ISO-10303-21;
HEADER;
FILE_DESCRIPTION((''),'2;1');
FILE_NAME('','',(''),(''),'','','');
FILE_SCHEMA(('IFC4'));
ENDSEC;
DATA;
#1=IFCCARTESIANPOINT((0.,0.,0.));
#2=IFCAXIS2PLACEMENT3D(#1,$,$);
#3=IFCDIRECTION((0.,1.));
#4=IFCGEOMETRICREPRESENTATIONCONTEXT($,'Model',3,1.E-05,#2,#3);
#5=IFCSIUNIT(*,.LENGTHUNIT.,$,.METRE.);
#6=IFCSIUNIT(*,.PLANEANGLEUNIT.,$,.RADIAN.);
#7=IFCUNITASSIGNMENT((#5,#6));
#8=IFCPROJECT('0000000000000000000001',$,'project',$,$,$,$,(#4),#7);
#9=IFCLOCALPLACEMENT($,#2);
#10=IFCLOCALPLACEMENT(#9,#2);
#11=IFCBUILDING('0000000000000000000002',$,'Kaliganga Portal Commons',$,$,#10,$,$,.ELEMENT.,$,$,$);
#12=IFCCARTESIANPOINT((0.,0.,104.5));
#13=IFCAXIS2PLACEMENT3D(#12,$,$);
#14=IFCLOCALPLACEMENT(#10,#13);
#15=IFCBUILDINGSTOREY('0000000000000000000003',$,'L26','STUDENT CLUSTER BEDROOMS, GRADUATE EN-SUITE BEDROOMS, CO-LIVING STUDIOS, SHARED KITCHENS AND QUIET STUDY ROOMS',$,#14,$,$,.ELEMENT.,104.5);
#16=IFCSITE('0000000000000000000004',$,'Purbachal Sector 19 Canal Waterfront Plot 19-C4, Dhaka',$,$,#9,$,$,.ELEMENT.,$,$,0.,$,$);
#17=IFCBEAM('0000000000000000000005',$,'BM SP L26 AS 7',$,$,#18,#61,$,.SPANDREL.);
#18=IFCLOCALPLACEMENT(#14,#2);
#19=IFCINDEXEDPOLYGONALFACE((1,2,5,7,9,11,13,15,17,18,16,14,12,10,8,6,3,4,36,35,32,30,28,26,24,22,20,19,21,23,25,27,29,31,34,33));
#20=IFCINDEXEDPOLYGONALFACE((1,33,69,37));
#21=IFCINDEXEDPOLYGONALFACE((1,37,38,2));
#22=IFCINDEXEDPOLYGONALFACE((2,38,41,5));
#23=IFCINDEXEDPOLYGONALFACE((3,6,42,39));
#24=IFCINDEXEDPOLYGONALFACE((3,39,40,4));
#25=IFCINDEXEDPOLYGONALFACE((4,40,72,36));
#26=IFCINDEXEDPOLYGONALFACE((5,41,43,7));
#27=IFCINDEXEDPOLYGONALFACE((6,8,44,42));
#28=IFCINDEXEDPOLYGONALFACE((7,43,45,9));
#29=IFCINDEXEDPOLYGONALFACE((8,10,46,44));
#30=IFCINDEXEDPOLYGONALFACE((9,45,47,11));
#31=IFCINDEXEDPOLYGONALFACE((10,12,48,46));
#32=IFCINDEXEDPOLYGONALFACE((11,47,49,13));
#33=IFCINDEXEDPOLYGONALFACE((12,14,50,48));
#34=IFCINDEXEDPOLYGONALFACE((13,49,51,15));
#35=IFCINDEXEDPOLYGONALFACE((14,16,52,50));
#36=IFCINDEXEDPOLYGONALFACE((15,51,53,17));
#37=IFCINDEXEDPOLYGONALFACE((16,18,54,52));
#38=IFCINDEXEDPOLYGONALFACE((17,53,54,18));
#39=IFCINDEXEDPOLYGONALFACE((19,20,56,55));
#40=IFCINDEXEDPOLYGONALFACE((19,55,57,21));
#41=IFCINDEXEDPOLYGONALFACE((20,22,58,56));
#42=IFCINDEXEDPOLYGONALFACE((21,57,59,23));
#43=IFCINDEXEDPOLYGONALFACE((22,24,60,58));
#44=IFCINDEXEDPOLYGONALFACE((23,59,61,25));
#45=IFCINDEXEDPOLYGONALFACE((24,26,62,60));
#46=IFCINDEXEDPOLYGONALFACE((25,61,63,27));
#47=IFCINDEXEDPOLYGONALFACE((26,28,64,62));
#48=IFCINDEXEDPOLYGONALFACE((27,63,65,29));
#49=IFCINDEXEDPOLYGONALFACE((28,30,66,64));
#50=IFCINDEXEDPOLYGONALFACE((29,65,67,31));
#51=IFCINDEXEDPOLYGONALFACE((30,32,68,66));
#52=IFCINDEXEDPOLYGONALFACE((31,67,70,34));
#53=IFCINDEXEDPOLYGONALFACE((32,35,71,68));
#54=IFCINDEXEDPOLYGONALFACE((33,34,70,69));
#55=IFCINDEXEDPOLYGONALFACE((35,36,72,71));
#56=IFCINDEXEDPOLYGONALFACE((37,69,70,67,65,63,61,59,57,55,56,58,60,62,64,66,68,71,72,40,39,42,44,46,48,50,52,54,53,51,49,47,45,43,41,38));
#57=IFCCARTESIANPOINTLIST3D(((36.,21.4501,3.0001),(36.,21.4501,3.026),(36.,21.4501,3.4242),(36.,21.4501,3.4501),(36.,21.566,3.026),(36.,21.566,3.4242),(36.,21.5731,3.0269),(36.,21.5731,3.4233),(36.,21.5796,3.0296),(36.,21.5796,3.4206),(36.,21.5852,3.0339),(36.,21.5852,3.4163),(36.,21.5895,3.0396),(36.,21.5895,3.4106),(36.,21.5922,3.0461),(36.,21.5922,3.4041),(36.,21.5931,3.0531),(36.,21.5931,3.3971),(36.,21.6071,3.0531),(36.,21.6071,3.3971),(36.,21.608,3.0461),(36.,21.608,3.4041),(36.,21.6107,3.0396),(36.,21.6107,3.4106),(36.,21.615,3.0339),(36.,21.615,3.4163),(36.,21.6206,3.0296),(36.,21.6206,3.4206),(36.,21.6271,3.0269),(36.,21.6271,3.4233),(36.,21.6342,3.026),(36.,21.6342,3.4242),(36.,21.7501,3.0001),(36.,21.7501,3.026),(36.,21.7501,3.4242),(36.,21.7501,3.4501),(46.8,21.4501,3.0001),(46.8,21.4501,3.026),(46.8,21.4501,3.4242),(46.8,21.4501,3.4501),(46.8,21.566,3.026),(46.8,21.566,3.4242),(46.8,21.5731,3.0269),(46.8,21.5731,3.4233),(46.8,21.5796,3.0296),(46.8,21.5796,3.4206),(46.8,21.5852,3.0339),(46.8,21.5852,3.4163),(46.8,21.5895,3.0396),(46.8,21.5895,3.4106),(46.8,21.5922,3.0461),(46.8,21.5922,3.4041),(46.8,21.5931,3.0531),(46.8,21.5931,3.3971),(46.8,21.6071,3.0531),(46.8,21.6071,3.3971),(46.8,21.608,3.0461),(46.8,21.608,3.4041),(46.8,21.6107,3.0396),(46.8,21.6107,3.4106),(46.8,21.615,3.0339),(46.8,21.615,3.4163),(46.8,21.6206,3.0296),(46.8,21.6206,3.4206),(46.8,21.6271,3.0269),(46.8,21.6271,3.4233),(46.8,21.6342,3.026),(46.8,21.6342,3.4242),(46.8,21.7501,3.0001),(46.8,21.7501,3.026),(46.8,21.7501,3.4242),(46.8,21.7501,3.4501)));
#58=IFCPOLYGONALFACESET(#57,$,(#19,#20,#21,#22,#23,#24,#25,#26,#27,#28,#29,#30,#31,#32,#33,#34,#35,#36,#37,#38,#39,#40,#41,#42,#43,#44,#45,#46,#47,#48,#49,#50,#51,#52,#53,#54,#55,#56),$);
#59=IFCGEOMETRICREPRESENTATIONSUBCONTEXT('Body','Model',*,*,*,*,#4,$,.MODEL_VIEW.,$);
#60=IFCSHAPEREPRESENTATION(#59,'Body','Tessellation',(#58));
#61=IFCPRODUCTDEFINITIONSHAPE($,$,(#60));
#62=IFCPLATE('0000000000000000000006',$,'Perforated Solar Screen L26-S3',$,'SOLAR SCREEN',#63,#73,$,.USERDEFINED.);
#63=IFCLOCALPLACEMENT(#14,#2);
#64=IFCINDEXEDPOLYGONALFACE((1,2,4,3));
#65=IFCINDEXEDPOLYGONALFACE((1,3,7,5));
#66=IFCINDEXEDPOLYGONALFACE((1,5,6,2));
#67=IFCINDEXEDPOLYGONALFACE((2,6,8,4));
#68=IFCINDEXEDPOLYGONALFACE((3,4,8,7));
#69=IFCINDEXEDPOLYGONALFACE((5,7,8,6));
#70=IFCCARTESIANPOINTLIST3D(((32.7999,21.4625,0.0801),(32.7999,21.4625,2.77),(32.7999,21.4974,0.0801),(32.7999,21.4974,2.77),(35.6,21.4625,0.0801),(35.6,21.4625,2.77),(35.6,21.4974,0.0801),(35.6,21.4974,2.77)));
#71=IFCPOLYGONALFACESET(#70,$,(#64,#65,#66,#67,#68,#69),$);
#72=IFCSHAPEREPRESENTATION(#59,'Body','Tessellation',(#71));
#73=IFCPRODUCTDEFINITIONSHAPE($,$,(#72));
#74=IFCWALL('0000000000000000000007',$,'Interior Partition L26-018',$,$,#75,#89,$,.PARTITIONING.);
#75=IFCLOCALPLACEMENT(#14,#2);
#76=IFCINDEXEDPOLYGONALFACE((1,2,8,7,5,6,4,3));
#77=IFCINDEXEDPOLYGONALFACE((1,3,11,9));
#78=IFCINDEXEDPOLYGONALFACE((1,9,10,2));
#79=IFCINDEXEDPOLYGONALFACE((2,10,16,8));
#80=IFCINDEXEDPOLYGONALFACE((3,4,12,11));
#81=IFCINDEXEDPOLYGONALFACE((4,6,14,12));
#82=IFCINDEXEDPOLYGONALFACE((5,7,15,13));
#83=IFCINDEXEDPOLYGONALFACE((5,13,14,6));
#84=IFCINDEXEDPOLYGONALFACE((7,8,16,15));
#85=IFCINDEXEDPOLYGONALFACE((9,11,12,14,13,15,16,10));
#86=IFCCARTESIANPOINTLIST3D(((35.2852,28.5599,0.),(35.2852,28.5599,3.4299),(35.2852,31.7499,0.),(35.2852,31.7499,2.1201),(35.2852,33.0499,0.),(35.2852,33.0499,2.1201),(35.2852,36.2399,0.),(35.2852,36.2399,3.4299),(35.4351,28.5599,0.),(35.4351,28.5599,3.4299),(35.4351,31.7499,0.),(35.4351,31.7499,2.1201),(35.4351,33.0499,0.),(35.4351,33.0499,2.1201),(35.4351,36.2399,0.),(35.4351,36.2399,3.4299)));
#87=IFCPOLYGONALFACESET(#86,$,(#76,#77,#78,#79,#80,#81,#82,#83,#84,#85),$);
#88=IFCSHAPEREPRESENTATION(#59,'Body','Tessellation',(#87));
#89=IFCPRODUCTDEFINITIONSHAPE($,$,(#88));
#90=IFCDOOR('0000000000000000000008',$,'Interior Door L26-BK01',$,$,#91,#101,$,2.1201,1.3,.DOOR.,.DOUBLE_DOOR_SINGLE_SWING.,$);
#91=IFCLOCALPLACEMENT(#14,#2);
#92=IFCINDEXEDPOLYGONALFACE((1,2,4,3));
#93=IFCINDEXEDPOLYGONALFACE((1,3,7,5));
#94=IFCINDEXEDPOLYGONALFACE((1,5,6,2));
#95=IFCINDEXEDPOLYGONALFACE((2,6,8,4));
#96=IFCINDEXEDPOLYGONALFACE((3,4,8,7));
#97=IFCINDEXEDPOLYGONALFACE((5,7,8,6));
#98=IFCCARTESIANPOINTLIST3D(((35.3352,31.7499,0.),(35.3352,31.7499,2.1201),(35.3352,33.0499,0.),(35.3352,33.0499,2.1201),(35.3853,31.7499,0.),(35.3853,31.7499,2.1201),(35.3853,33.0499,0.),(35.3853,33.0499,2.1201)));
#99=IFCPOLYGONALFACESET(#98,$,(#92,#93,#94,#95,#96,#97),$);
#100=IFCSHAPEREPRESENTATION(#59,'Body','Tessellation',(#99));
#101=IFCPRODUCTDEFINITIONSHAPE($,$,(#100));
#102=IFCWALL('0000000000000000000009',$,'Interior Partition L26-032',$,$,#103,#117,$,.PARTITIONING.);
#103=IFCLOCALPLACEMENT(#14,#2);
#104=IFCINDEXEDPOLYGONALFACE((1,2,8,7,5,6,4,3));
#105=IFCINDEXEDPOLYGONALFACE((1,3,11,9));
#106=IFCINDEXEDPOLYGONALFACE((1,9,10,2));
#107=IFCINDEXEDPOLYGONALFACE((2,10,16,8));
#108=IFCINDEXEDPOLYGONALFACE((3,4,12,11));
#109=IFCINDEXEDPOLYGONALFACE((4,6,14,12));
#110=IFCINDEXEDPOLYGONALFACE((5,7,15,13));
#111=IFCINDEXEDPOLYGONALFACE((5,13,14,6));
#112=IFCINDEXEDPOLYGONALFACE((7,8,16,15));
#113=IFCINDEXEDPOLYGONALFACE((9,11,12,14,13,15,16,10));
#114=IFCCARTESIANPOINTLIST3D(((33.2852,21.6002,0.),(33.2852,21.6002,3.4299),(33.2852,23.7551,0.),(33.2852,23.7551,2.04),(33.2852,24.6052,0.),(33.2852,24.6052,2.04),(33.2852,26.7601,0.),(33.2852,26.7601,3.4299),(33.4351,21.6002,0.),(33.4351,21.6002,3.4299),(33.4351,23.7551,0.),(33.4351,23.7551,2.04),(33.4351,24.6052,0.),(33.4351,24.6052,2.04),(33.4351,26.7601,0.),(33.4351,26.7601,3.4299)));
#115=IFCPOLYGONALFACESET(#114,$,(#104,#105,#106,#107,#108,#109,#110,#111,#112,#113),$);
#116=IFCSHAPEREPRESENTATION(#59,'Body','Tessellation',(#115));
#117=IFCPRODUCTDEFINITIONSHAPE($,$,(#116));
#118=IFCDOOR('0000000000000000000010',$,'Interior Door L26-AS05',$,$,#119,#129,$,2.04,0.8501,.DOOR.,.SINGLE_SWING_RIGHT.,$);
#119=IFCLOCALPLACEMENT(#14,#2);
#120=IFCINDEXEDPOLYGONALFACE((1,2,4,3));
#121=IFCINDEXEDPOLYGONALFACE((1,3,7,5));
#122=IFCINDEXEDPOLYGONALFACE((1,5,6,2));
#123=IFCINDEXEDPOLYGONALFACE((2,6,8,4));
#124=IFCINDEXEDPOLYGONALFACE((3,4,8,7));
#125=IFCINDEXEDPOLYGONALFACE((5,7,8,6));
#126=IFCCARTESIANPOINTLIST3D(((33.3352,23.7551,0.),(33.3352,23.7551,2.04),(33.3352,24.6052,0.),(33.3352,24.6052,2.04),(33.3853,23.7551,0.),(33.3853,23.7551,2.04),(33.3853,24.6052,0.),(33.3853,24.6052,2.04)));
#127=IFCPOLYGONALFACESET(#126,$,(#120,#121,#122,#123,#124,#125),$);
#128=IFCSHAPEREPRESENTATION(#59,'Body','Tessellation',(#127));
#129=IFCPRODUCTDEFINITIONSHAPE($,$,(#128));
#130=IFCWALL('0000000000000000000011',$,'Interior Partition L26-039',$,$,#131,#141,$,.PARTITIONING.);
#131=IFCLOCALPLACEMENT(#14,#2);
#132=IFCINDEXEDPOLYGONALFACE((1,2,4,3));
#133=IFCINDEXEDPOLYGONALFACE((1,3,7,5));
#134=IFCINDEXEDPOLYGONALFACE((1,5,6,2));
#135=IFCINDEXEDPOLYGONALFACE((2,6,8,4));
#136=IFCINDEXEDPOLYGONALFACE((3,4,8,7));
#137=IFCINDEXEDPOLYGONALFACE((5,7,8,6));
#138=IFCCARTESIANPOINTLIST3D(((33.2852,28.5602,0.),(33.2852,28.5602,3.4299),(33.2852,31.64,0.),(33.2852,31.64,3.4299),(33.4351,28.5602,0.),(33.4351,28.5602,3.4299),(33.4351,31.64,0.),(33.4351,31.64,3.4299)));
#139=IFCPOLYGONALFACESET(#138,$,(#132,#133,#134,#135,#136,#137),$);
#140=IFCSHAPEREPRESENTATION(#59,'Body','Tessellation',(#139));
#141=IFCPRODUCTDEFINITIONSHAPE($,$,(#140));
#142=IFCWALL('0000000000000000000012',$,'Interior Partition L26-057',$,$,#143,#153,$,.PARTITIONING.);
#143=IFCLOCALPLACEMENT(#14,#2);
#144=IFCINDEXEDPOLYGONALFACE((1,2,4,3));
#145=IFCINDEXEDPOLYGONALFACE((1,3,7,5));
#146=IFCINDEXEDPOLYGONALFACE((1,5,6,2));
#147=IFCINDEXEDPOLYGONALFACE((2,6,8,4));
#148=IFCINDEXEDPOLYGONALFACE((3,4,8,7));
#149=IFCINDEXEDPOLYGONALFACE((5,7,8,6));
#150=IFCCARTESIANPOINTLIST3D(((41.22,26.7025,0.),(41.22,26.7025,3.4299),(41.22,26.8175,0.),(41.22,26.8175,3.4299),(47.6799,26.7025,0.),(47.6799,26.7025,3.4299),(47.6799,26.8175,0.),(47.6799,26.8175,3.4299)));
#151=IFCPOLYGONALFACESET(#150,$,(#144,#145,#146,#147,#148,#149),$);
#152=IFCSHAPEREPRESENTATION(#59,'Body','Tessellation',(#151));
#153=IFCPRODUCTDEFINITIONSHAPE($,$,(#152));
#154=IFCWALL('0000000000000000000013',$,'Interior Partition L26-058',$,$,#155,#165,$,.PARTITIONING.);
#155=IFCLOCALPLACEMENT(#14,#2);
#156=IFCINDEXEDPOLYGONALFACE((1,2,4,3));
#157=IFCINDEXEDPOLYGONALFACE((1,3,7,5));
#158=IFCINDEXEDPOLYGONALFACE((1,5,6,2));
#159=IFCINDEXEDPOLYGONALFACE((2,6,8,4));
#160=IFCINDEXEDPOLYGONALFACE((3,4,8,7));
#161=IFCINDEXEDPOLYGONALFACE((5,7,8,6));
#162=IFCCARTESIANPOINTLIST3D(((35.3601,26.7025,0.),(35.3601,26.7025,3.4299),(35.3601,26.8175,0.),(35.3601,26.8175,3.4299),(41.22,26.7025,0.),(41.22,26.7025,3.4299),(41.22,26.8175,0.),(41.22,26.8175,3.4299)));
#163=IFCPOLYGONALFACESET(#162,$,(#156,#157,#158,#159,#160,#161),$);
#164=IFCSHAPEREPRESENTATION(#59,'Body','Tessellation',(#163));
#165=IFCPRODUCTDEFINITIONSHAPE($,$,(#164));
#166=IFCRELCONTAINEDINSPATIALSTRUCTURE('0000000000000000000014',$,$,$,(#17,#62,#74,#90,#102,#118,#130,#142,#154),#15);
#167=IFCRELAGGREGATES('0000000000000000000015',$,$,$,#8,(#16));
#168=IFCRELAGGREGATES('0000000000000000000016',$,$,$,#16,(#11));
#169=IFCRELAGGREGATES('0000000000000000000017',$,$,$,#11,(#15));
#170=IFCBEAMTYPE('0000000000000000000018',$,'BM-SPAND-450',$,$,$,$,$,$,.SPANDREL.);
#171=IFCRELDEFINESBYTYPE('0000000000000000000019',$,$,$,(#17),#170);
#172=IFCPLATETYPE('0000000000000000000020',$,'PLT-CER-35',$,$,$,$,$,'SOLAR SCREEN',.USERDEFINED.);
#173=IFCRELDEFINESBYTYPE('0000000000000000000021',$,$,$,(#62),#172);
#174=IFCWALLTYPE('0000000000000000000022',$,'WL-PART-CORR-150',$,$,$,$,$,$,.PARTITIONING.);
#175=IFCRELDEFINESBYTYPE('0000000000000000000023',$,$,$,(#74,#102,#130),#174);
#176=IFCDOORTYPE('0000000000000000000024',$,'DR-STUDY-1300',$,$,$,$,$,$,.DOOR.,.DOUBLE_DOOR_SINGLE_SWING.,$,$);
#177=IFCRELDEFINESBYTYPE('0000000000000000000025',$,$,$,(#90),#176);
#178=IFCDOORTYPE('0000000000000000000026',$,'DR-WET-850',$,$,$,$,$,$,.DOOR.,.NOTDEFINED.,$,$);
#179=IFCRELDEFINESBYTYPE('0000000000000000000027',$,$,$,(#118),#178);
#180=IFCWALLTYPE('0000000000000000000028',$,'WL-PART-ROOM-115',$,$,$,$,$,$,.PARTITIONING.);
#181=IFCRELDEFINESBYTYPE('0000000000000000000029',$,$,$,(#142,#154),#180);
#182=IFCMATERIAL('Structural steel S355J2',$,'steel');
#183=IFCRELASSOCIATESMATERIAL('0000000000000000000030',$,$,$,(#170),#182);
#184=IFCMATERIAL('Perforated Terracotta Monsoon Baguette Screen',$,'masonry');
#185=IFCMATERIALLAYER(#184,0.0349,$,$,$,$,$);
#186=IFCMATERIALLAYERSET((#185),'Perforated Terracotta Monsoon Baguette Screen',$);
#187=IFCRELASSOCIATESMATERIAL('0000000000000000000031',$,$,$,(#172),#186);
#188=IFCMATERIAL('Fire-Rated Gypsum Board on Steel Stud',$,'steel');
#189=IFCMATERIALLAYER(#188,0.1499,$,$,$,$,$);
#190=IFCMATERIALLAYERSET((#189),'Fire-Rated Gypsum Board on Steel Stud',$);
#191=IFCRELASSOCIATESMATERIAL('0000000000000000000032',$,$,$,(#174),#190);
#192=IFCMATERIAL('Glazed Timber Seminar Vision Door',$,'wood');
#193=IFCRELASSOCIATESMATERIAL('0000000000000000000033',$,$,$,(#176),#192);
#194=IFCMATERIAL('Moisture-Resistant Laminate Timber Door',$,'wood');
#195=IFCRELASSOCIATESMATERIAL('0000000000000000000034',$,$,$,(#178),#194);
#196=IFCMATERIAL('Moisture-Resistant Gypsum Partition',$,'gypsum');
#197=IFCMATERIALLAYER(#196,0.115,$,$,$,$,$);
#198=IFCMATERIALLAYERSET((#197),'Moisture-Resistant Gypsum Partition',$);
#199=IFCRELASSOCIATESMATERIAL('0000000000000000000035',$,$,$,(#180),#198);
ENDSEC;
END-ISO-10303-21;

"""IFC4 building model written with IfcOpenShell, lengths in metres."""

from ifc_helpers import new_model, si_unit, direction, frame, frame_2d, origin, origin_2d, place, context, subcontext, project, spatial, rectangle, i_section, extrude, source, transform, mapped, material, layer, layer_set, material_profile, profile_set, type_object, element, fill, save


model = new_model("IFC4")

# Units and contexts
model_context = context("Model", 3, precision=1e-05, world=origin(), true_north=direction((0.0, 1.0)))
body_context = subcontext(model_context, "Body", "Model", "MODEL_VIEW")
ifc_project = project(units=[si_unit("LENGTHUNIT", "METRE"), si_unit("PLANEANGLEUNIT", "RADIAN")], contexts=[model_context])

# Site, building, storey
site_placement = place(None, origin())
site = spatial("IfcSite", under=ifc_project, at=site_placement, Name="Purbachal Sector 19 Canal Waterfront Plot 19-C4, Dhaka", CompositionType="ELEMENT", RefElevation=0.0)
building_placement = place(site_placement, origin())
building = spatial("IfcBuilding", under=site, at=building_placement, Name="Kaliganga Portal Commons", CompositionType="ELEMENT")
storey_placement = place(building_placement, frame((0.0, 0.0, 104.5)))
storey = spatial("IfcBuildingStorey", under=building, at=storey_placement, Name="L26", Description="STUDENT CLUSTER BEDROOMS, GRADUATE EN-SUITE BEDROOMS, CO-LIVING STUDIOS, SHARED KITCHENS AND QUIET STUDY ROOMS", CompositionType="ELEMENT", Elevation=104.5)

# Beam
ifc_material_1 = material(Name="Structural steel S355J2", Category="steel")
ifc_material_profile_1 = material_profile(ifc_material_1, i_section(OverallWidth=0.3, OverallDepth=0.45, WebThickness=0.0139, FlangeThickness=0.0259, FilletRadius=0.0271, at=origin_2d()), Name="HE 450 B")
ifc_profile_set_1 = profile_set([ifc_material_profile_1], Name="Structural steel S355J2 wide-flange")
beam_type_1 = type_object("IfcBeamType", Name="BM-SPAND-450", PredefinedType="SPANDREL", material=ifc_profile_set_1)
shared_shape_1 = source(origin(), body_context, "Body", "SweptSolid", [
    extrude(i_section(OverallWidth=0.3, OverallDepth=0.45, WebThickness=0.0139, FlangeThickness=0.0259, FilletRadius=0.0271, at=origin_2d()), origin(), (0.0, 0.0, 1.0), 10.8),
])
beam_1_placement = place(storey_placement, frame((36.0, 21.6001, 3.2251), z_axis=(1.0, 0.0, 0.0), x_axis=(0.0, 1.0, 0.0)))
element("IfcBeam", 1, at=beam_1_placement, inside=storey, type_object=beam_type_1, Name="BM SP L26 AS 7", PredefinedType="SPANDREL", context=body_context, shape_type="MappedRepresentation", body=[
    mapped(shared_shape_1, transform((0.0, 0.0, 0.0), x_axis=(1.0, 0.0, 0.0), y_axis=(0.0, 1.0, 0.0), z_axis=(0.0, 0.0, 1.0), scale=1.0)),
])

# Plate
ifc_material_2 = material(Name="Perforated Terracotta Monsoon Baguette Screen", Category="masonry")
ifc_layer_1 = layer(ifc_material_2, 0.0349)
ifc_layer_set_1 = layer_set([ifc_layer_1], Name="Perforated Terracotta Monsoon Baguette Screen")
plate_type = type_object("IfcPlateType", Name="PLT-CER-35", ElementType="SOLAR SCREEN", PredefinedType="USERDEFINED", material=ifc_layer_set_1)
shared_shape_2 = source(origin(), body_context, "Body", "SweptSolid", [
    extrude(rectangle(XDim=2.8, YDim=0.0349, at=origin_2d()), origin(), (0.0, 0.0, 1.0), 2.6899),
])
plate_placement = place(storey_placement, frame((34.2, 21.48, 0.0801), z_axis=(0.0, 0.0, 1.0), x_axis=(1.0, 0.0, 0.0)))
element("IfcPlate", 2, at=plate_placement, inside=storey, type_object=plate_type, Name="Perforated Solar Screen L26-S3", ObjectType="SOLAR SCREEN", PredefinedType="USERDEFINED", context=body_context, shape_type="MappedRepresentation", body=[
    mapped(shared_shape_2, transform((0.0, 0.0, 0.0), x_axis=(1.0, 0.0, 0.0), y_axis=(0.0, 1.0, 0.0), z_axis=(0.0, 0.0, 1.0), scale=1.0)),
])

# Walls, openings, doors
ifc_material_3 = material(Name="Fire-Rated Gypsum Board on Steel Stud", Category="steel")
ifc_layer_2 = layer(ifc_material_3, 0.1499)
ifc_layer_set_2 = layer_set([ifc_layer_2], Name="Fire-Rated Gypsum Board on Steel Stud")
wall_type_1 = type_object("IfcWallType", Name="WL-PART-CORR-150", PredefinedType="PARTITIONING", material=ifc_layer_set_2)
wall_1_placement = place(storey_placement, frame((35.3601, 28.5601, 0.0), z_axis=(0.0, 0.0, 1.0), x_axis=(0.0, 1.0, 0.0)))
wall_1 = element("IfcWall", 3, at=wall_1_placement, inside=storey, type_object=wall_type_1, Name="Interior Partition L26-018", PredefinedType="PARTITIONING", context=body_context, shape_type="SweptSolid", body=[
    extrude(rectangle(XDim=7.6799, YDim=0.1499, at=frame_2d((3.8398, 0.0))), origin(), (0.0, 0.0, 1.0), 3.4299),
])
opening_1_placement = place(wall_1_placement, frame((3.1899, 0.0, 0.0)))
opening_1 = element("IfcOpeningElement", 4, at=opening_1_placement, cuts=wall_1, PredefinedType="OPENING", context=body_context, shape_type="SweptSolid", body=[
    extrude(rectangle(XDim=1.3, YDim=2.1201, at=frame_2d((0.6499, 1.0601))), frame((0.0, 0.085, 0.0), z_axis=(0.0, -1.0, 0.0), x_axis=(1.0, 0.0, 0.0)), (0.0, 0.0, 1.0), 0.1699),
])
ifc_material_4 = material(Name="Glazed Timber Seminar Vision Door", Category="wood")
door_type_1 = type_object("IfcDoorType", Name="DR-STUDY-1300", OperationType="DOUBLE_DOOR_SINGLE_SWING", PredefinedType="DOOR", material=ifc_material_4)
door_1_placement = place(opening_1_placement, origin())
door_1 = element("IfcDoor", 5, at=door_1_placement, inside=storey, type_object=door_type_1, Name="Interior Door L26-BK01", OperationType="DOUBLE_DOOR_SINGLE_SWING", OverallHeight=2.1201, OverallWidth=1.3, PredefinedType="DOOR", context=body_context, shape_type="SweptSolid", body=[
    extrude(rectangle(XDim=1.3, YDim=2.1201, at=frame_2d((0.6499, 1.0601))), frame((0.0, 0.0249, 0.0), z_axis=(0.0, -1.0, 0.0), x_axis=(1.0, 0.0, 0.0)), (0.0, 0.0, 1.0), 0.05),
])
fill(opening_1, door_1)
wall_2_placement = place(storey_placement, frame((33.3601, 21.6001, 0.0), z_axis=(0.0, 0.0, 1.0), x_axis=(0.0, 1.0, 0.0)))
wall_2 = element("IfcWall", 6, at=wall_2_placement, inside=storey, type_object=wall_type_1, Name="Interior Partition L26-032", PredefinedType="PARTITIONING", context=body_context, shape_type="SweptSolid", body=[
    extrude(rectangle(XDim=5.1599, YDim=0.1499, at=frame_2d((2.5801, 0.0))), origin(), (0.0, 0.0, 1.0), 3.4299),
])
opening_2_placement = place(wall_2_placement, frame((2.155, 0.0, 0.0)))
opening_2 = element("IfcOpeningElement", 7, at=opening_2_placement, cuts=wall_2, PredefinedType="OPENING", context=body_context, shape_type="SweptSolid", body=[
    extrude(rectangle(XDim=0.8501, YDim=2.04, at=frame_2d((0.425, 1.02))), frame((0.0, 0.085, 0.0), z_axis=(0.0, -1.0, 0.0), x_axis=(1.0, 0.0, 0.0)), (0.0, 0.0, 1.0), 0.1699),
])
ifc_material_5 = material(Name="Moisture-Resistant Laminate Timber Door", Category="wood")
door_type_2 = type_object("IfcDoorType", Name="DR-WET-850", OperationType="NOTDEFINED", PredefinedType="DOOR", material=ifc_material_5)
door_2_placement = place(opening_2_placement, origin())
door_2 = element("IfcDoor", 8, at=door_2_placement, inside=storey, type_object=door_type_2, Name="Interior Door L26-AS05", OperationType="SINGLE_SWING_RIGHT", OverallHeight=2.04, OverallWidth=0.8501, PredefinedType="DOOR", context=body_context, shape_type="SweptSolid", body=[
    extrude(rectangle(XDim=0.8501, YDim=2.04, at=frame_2d((0.425, 1.02))), frame((0.0, 0.0249, 0.0), z_axis=(0.0, -1.0, 0.0), x_axis=(1.0, 0.0, 0.0)), (0.0, 0.0, 1.0), 0.05),
])
fill(opening_2, door_2)

# Walls
wall_3_placement = place(storey_placement, frame((33.3601, 28.5601, 0.0), z_axis=(0.0, 0.0, 1.0), x_axis=(0.0, 1.0, 0.0)))
element("IfcWall", 9, at=wall_3_placement, inside=storey, type_object=wall_type_1, Name="Interior Partition L26-039", PredefinedType="PARTITIONING", context=body_context, shape_type="SweptSolid", body=[
    extrude(rectangle(XDim=3.0798, YDim=0.1499, at=frame_2d((1.54, 0.0))), origin(), (0.0, 0.0, 1.0), 3.4299),
])
ifc_material_6 = material(Name="Moisture-Resistant Gypsum Partition", Category="gypsum")
ifc_layer_3 = layer(ifc_material_6, 0.115)
ifc_layer_set_3 = layer_set([ifc_layer_3], Name="Moisture-Resistant Gypsum Partition")
wall_type_2 = type_object("IfcWallType", Name="WL-PART-ROOM-115", PredefinedType="PARTITIONING", material=ifc_layer_set_3)
wall_4_placement = place(storey_placement, frame((41.22, 26.76, 0.0), z_axis=(0.0, 0.0, 1.0), x_axis=(1.0, 0.0, 0.0)))
element("IfcWall", 10, at=wall_4_placement, inside=storey, type_object=wall_type_2, Name="Interior Partition L26-057", PredefinedType="PARTITIONING", context=body_context, shape_type="SweptSolid", body=[
    extrude(rectangle(XDim=6.46, YDim=0.115, at=frame_2d((3.23, 0.0))), origin(), (0.0, 0.0, 1.0), 3.4299),
])
wall_5_placement = place(storey_placement, frame((35.3601, 26.76, 0.0), z_axis=(0.0, 0.0, 1.0), x_axis=(1.0, 0.0, 0.0)))
element("IfcWall", 11, at=wall_5_placement, inside=storey, type_object=wall_type_2, Name="Interior Partition L26-058", PredefinedType="PARTITIONING", context=body_context, shape_type="SweptSolid", body=[
    extrude(rectangle(XDim=5.8599, YDim=0.115, at=frame_2d((2.9299, 0.0))), origin(), (0.0, 0.0, 1.0), 3.4299),
])

save(model, "model.ifc")
